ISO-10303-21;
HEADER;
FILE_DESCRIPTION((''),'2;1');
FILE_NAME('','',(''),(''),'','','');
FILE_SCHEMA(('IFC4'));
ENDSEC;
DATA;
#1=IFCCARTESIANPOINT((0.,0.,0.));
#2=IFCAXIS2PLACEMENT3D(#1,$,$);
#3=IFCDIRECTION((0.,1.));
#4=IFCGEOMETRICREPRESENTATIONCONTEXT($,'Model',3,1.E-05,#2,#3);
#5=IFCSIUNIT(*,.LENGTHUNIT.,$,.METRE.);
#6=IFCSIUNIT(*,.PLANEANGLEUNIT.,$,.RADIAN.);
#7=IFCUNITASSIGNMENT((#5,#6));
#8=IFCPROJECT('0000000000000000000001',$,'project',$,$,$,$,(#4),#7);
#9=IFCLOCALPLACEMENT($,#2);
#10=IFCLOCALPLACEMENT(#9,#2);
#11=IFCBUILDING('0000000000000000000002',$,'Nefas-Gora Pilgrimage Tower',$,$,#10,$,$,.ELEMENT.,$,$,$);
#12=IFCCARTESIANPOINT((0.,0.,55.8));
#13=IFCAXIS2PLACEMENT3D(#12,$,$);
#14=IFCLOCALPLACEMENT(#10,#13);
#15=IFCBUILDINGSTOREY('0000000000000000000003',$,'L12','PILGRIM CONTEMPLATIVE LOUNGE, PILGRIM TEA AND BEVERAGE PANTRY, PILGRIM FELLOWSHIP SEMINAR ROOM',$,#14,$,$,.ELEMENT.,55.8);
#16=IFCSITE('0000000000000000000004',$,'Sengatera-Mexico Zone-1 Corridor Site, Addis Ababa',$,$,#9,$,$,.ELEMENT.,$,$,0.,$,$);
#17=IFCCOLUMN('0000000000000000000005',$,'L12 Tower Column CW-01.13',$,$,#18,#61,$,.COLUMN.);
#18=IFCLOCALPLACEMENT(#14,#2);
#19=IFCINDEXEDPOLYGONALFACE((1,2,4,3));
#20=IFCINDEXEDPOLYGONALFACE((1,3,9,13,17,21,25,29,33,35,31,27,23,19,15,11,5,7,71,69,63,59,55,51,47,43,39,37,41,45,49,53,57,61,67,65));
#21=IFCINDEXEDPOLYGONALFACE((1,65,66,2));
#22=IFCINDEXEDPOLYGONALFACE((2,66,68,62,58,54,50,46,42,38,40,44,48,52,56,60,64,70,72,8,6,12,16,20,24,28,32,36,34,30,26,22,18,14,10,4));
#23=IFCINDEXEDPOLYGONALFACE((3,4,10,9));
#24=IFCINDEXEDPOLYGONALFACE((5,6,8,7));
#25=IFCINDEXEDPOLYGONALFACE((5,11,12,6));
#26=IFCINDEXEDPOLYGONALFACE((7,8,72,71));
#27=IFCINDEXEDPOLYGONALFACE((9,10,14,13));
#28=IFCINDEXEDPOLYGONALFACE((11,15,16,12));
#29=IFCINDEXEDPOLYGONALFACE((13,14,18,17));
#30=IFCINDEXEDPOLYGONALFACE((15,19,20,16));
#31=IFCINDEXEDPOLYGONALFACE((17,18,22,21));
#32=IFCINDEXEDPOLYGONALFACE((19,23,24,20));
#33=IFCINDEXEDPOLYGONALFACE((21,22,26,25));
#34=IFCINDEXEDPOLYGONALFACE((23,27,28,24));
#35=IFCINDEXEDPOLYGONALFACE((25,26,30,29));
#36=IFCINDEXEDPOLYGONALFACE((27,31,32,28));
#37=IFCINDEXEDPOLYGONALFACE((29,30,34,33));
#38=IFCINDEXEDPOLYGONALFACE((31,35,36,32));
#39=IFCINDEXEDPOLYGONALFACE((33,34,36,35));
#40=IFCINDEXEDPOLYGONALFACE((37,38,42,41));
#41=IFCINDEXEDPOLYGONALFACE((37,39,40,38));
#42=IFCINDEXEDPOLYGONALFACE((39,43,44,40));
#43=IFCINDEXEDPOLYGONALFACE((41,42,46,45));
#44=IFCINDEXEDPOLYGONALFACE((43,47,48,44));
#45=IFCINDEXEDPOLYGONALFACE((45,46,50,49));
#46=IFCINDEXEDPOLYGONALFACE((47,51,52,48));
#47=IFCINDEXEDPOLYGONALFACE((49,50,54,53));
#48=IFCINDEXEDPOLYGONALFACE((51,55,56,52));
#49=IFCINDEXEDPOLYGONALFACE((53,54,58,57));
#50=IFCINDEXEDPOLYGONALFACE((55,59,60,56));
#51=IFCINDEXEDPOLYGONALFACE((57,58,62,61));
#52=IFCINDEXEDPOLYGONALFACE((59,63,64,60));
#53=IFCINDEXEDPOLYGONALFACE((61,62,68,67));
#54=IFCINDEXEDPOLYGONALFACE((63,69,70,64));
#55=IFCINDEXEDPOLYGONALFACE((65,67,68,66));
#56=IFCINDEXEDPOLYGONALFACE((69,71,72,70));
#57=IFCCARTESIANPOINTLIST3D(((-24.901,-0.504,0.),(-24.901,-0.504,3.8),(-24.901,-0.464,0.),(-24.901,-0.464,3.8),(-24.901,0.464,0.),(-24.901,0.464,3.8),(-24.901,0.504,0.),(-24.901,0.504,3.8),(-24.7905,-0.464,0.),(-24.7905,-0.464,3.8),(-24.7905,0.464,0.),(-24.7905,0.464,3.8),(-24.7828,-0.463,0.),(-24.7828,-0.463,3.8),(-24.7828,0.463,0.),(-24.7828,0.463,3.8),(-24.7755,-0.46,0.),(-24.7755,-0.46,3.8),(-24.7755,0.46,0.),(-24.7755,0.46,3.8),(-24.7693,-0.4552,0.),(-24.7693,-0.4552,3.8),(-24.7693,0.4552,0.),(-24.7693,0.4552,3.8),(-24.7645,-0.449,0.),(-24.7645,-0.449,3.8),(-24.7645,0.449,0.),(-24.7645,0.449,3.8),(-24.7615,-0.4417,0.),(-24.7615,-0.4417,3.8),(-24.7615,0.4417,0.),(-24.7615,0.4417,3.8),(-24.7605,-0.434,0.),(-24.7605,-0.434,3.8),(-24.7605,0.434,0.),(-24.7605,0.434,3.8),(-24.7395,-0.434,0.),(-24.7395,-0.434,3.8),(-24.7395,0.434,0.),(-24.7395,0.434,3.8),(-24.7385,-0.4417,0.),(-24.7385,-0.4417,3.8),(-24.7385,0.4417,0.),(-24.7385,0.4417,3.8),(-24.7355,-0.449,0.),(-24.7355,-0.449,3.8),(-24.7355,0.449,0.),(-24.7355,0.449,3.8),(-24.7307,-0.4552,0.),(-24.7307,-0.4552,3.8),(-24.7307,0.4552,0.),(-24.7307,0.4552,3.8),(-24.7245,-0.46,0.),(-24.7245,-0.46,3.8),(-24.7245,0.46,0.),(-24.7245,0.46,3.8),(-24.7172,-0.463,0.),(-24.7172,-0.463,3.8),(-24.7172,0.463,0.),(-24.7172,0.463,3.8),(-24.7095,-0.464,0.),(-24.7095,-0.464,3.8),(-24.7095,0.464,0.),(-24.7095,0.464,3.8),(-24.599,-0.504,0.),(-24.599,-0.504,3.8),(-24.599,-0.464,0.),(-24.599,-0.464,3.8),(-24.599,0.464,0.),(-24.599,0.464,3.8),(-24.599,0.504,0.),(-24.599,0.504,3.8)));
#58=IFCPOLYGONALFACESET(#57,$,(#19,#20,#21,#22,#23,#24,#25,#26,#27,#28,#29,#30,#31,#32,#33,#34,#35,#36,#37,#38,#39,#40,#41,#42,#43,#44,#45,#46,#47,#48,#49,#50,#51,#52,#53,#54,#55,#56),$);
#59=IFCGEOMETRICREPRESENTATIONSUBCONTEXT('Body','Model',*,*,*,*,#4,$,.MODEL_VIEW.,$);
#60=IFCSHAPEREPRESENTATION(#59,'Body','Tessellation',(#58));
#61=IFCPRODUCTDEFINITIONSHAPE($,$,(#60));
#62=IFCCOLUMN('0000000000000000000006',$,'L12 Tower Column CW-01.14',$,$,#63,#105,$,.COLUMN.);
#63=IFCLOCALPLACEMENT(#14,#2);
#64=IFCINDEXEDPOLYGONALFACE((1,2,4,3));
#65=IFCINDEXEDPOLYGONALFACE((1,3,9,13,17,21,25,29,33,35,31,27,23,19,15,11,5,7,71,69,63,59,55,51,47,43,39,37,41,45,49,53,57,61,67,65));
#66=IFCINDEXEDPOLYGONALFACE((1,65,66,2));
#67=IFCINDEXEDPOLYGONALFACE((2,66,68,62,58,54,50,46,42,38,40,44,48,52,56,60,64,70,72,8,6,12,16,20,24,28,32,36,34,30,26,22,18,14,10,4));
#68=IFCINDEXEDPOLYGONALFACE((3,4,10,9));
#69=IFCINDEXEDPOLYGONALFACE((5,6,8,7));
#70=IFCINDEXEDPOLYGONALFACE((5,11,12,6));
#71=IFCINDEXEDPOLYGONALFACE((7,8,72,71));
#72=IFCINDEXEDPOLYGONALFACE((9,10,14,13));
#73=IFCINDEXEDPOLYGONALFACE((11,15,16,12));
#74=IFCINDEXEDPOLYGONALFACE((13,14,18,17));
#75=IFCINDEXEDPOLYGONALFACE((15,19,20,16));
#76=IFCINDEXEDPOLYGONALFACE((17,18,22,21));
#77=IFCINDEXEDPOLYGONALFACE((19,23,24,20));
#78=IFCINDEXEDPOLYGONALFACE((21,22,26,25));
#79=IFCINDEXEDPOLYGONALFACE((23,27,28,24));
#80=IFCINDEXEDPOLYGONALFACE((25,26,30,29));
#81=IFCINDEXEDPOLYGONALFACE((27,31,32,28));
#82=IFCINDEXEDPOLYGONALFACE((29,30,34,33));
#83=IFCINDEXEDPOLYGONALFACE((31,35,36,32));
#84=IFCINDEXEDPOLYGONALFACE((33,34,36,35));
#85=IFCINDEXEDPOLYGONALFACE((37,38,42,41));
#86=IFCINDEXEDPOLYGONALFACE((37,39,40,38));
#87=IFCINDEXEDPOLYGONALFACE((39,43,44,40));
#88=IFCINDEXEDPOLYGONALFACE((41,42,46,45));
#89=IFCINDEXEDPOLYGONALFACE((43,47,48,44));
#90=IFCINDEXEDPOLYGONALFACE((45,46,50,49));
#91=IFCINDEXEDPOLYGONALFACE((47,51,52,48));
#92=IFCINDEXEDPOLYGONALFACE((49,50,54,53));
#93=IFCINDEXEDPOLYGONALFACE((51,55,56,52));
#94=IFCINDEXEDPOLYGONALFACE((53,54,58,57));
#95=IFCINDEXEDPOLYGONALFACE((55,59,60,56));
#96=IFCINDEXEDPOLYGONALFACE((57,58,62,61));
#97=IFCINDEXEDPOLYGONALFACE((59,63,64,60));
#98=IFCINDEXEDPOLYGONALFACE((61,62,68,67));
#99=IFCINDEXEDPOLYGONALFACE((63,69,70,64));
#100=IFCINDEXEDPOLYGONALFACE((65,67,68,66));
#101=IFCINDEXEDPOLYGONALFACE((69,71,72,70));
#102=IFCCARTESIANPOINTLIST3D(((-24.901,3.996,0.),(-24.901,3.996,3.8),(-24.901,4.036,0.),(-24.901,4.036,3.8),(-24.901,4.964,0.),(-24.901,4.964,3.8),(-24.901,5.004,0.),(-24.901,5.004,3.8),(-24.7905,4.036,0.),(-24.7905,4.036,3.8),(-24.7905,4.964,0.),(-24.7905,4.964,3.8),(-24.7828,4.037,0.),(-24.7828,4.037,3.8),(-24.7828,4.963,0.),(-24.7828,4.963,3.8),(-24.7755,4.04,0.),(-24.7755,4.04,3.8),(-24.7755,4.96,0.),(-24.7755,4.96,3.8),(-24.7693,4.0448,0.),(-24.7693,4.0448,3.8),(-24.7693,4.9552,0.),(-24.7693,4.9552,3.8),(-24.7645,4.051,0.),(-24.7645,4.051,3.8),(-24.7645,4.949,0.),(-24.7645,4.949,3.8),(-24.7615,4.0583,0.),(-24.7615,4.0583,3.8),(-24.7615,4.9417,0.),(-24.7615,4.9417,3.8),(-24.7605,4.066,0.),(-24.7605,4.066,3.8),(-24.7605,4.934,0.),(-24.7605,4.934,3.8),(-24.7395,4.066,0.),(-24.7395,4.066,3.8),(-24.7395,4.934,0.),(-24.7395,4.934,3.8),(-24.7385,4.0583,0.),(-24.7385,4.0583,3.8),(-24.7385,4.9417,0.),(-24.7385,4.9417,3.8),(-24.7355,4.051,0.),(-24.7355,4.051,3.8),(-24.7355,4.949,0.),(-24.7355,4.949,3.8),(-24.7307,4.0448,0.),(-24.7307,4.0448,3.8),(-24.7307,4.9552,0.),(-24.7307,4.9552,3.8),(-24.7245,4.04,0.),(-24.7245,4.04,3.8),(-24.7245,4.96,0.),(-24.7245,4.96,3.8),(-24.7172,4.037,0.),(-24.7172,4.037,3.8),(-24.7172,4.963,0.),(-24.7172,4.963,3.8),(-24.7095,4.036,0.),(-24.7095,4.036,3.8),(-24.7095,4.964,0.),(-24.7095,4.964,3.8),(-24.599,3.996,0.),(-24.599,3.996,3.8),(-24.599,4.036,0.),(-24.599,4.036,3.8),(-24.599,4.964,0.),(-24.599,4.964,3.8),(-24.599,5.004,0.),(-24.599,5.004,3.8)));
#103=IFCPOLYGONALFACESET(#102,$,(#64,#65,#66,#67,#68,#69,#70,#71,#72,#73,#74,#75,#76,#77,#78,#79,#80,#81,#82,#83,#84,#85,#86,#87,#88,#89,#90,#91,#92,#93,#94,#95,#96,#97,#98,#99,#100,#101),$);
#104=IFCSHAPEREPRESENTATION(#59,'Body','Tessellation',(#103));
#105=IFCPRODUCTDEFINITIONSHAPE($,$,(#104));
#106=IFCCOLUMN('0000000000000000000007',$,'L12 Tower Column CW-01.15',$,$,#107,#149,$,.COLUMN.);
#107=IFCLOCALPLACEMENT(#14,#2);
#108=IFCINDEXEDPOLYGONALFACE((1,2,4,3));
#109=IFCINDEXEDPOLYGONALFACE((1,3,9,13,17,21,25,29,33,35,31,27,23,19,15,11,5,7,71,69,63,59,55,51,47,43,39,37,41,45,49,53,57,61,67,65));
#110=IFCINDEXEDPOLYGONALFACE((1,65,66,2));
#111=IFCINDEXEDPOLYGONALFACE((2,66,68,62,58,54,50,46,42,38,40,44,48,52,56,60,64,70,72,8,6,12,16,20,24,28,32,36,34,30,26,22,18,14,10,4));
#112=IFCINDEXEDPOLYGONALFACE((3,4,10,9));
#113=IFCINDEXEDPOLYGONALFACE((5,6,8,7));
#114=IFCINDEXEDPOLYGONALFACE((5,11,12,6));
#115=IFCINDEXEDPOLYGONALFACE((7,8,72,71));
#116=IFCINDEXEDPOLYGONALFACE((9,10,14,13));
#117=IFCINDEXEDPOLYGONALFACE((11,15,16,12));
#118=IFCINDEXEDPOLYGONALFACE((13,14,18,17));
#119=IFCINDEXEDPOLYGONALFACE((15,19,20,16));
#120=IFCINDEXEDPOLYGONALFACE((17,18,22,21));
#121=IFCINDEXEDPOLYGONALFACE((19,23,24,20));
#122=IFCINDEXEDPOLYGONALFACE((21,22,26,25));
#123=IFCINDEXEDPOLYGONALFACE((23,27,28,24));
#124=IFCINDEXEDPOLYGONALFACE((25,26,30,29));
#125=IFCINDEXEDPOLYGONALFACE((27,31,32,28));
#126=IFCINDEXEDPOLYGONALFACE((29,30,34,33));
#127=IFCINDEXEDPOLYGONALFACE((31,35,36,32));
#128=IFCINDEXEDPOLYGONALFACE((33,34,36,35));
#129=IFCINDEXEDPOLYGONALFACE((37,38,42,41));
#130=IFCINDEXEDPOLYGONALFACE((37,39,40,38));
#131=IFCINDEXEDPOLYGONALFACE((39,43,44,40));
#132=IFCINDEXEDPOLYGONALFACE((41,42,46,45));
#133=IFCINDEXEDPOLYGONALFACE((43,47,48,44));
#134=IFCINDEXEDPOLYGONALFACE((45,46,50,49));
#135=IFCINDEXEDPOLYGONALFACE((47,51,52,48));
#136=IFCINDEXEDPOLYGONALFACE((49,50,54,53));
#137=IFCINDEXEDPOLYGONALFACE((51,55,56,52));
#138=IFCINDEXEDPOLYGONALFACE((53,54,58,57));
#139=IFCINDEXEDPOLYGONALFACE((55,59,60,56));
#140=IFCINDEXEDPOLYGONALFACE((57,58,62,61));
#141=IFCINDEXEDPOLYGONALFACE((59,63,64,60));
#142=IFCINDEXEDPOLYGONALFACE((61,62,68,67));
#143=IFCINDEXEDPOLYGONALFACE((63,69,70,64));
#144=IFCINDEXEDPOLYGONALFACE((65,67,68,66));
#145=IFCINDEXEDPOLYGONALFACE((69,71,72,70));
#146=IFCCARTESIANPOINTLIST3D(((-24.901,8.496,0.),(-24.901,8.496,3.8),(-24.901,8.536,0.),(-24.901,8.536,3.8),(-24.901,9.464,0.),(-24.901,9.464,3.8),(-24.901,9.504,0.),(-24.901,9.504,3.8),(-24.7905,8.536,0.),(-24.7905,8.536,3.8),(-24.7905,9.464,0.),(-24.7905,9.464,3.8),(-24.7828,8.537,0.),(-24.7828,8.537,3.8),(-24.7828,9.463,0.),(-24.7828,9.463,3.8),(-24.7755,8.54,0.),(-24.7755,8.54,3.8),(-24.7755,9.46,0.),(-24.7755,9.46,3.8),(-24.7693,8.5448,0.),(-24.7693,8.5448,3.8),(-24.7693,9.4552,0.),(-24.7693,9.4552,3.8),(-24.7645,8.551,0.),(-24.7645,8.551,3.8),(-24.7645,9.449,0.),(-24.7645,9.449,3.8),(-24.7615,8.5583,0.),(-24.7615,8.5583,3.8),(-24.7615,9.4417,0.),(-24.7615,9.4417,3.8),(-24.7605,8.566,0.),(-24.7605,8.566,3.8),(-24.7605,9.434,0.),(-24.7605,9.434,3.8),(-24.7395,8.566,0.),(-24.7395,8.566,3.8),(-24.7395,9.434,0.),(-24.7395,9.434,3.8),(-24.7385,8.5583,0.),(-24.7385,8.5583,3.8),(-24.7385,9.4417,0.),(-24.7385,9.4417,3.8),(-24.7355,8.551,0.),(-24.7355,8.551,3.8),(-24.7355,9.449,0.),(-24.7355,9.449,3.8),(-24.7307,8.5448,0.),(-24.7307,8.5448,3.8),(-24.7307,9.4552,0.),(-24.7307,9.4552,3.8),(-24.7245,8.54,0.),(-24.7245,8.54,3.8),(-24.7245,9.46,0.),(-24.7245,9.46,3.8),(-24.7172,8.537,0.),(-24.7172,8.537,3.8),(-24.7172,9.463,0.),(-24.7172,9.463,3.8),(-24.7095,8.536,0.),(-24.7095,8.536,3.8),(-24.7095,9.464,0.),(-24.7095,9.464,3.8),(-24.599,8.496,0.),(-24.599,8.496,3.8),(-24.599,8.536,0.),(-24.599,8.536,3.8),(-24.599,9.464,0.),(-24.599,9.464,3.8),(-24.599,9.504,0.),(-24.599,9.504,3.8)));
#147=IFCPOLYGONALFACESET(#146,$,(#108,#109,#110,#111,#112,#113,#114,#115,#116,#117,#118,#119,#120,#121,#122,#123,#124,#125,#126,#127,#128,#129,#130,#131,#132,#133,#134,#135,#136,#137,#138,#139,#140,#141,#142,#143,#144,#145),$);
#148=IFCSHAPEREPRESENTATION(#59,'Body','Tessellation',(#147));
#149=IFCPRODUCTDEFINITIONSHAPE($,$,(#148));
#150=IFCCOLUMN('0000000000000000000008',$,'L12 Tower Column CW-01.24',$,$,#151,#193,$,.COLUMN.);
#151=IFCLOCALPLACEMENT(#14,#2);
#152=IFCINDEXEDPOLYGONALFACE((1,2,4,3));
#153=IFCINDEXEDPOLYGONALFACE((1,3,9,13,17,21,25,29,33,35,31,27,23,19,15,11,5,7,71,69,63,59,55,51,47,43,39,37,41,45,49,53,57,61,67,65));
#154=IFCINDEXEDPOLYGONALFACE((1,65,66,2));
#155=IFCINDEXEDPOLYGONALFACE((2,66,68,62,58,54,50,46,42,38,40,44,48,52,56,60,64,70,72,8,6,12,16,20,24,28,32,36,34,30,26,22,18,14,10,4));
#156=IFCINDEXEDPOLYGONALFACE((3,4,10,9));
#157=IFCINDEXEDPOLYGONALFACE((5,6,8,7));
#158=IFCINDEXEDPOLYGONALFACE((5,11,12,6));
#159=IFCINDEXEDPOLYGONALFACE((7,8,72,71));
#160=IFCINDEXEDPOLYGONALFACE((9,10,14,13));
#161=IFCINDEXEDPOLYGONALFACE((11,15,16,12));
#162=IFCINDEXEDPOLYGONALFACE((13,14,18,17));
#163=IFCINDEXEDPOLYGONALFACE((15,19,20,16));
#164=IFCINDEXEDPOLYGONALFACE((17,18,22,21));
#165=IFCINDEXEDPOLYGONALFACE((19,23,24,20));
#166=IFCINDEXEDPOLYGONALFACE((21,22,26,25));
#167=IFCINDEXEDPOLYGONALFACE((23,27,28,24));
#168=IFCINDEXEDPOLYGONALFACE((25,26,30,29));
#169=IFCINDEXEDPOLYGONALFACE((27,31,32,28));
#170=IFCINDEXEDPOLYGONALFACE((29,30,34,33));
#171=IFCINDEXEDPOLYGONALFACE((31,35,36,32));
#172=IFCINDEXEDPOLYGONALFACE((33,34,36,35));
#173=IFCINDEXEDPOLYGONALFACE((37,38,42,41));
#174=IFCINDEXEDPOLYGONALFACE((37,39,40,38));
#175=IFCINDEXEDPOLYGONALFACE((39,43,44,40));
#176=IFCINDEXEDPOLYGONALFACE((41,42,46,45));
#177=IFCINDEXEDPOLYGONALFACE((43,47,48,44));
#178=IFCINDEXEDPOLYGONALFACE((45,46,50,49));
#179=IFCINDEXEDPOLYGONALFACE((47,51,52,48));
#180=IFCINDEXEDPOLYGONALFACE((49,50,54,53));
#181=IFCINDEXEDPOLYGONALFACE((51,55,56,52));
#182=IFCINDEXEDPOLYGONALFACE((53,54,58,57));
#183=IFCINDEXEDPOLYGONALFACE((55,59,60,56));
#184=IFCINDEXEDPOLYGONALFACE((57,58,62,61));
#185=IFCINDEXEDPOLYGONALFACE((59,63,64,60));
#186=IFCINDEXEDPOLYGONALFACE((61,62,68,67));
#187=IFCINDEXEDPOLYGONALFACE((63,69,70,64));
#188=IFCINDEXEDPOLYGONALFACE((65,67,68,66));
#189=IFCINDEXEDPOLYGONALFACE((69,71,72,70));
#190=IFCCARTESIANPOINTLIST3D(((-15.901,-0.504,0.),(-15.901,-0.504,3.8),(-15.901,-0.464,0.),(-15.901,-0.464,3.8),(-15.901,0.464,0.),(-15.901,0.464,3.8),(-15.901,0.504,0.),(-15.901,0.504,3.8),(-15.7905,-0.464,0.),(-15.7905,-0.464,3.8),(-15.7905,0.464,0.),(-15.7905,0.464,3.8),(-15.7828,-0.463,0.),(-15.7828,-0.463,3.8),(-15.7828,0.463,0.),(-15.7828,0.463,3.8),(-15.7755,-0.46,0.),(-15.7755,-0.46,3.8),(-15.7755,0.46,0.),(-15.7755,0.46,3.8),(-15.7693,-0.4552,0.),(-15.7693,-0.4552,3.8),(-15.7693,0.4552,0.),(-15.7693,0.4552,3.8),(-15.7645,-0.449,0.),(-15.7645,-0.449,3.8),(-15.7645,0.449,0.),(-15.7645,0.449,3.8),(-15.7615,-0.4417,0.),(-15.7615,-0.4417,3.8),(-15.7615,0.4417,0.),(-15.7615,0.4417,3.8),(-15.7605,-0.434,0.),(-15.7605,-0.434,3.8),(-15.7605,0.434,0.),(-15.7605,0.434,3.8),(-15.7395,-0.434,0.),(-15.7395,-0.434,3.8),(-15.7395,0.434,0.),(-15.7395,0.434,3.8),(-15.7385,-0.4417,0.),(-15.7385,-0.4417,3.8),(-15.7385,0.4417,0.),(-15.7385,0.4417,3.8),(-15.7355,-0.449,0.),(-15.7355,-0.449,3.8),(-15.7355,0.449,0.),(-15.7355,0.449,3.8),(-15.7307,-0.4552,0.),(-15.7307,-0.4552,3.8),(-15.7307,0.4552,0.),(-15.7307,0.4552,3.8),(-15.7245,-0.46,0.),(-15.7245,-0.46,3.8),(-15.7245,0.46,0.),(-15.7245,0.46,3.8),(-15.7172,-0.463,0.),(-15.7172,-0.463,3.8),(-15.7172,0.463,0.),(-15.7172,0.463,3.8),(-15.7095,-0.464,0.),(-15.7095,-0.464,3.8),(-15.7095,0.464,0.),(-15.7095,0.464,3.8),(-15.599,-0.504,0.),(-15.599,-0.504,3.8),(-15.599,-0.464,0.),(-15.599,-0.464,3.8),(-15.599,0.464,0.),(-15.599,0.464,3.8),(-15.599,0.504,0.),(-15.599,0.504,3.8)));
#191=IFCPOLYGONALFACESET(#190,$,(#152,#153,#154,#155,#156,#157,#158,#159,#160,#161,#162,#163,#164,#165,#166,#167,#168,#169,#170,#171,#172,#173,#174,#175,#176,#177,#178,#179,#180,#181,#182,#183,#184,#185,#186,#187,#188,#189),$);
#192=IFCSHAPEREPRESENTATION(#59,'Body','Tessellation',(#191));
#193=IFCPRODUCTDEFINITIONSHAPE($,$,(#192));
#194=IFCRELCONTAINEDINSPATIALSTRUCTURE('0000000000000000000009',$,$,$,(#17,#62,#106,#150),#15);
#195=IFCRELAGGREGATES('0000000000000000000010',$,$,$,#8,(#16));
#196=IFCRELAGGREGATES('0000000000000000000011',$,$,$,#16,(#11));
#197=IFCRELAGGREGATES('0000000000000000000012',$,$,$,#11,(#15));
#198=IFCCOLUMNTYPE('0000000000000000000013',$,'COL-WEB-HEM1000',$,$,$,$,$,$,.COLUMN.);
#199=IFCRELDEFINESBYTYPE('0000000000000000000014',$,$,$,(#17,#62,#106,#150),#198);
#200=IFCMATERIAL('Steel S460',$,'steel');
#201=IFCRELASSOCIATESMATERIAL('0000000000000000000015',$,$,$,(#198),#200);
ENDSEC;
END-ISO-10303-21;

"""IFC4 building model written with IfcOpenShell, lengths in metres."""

from ifc_helpers import new_model, si_unit, direction, frame, origin, origin_2d, place, context, subcontext, project, spatial, i_section, extrude, source, transform, mapped, material, material_profile, profile_set, type_object, element, save


model = new_model("IFC4")

# Units and contexts
model_context = context("Model", 3, precision=1e-05, world=origin(), true_north=direction((0.0, 1.0)))
body_context = subcontext(model_context, "Body", "Model", "MODEL_VIEW")
ifc_project = project(units=[si_unit("LENGTHUNIT", "METRE"), si_unit("PLANEANGLEUNIT", "RADIAN")], contexts=[model_context])

# Site, building, storey
site_placement = place(None, origin())
site = spatial("IfcSite", under=ifc_project, at=site_placement, Name="Sengatera-Mexico Zone-1 Corridor Site, Addis Ababa", CompositionType="ELEMENT", RefElevation=0.0)
building_placement = place(site_placement, origin())
building = spatial("IfcBuilding", under=site, at=building_placement, Name="Nefas-Gora Pilgrimage Tower", CompositionType="ELEMENT")
storey_placement = place(building_placement, frame((0.0, 0.0, 55.8)))
storey = spatial("IfcBuildingStorey", under=building, at=storey_placement, Name="L12", Description="PILGRIM CONTEMPLATIVE LOUNGE, PILGRIM TEA AND BEVERAGE PANTRY, PILGRIM FELLOWSHIP SEMINAR ROOM", CompositionType="ELEMENT", Elevation=55.8)

# Columns
ifc_material_1 = material(Name="Steel S460", Category="steel")
ifc_material_profile_1 = material_profile(ifc_material_1, i_section(OverallWidth=0.302, OverallDepth=1.0081, WebThickness=0.021, FlangeThickness=0.04, FilletRadius=0.03, at=origin_2d()), Name="HEM 1000")
ifc_profile_set_1 = profile_set([ifc_material_profile_1], Name="Steel S460")
column_type_1 = type_object("IfcColumnType", Name="COL-WEB-HEM1000", PredefinedType="COLUMN", material=ifc_profile_set_1)
shared_shape_1 = source(origin(), body_context, "Body", "SweptSolid", [
    extrude(i_section(OverallWidth=0.302, OverallDepth=1.0081, WebThickness=0.021, FlangeThickness=0.04, FilletRadius=0.03, at=origin_2d()), origin(), (0.0, 0.0, 1.0), 3.8),
])
for number, where, z_axis, x_axis, name in (
    (1, (-24.75, 0.0, 0.0), (0.0, 0.0, 1.0), (1.0, 0.0, 0.0), "L12 Tower Column CW-01.13"),
    (2, (-24.75, 4.5, 0.0), (0.0, 0.0, 1.0), (1.0, 0.0, 0.0), "L12 Tower Column CW-01.14"),
    (3, (-24.75, 9.0, 0.0), (0.0, 0.0, 1.0), (1.0, 0.0, 0.0), "L12 Tower Column CW-01.15"),
    (4, (-15.75, 0.0, 0.0), (0.0, 0.0, 1.0), (1.0, 0.0, 0.0), "L12 Tower Column CW-01.24"),
):
    element("IfcColumn", number, at=place(storey_placement, frame(where, z_axis=z_axis, x_axis=x_axis)), inside=storey, type_object=column_type_1, Name=name, PredefinedType="COLUMN", context=body_context, shape_type="MappedRepresentation", body=[
        mapped(shared_shape_1, transform((0.0, 0.0, 0.0), x_axis=(1.0, 0.0, 0.0), y_axis=(0.0, 1.0, 0.0), z_axis=(0.0, 0.0, 1.0), scale=1.0)),
    ])

save(model, "model.ifc")
